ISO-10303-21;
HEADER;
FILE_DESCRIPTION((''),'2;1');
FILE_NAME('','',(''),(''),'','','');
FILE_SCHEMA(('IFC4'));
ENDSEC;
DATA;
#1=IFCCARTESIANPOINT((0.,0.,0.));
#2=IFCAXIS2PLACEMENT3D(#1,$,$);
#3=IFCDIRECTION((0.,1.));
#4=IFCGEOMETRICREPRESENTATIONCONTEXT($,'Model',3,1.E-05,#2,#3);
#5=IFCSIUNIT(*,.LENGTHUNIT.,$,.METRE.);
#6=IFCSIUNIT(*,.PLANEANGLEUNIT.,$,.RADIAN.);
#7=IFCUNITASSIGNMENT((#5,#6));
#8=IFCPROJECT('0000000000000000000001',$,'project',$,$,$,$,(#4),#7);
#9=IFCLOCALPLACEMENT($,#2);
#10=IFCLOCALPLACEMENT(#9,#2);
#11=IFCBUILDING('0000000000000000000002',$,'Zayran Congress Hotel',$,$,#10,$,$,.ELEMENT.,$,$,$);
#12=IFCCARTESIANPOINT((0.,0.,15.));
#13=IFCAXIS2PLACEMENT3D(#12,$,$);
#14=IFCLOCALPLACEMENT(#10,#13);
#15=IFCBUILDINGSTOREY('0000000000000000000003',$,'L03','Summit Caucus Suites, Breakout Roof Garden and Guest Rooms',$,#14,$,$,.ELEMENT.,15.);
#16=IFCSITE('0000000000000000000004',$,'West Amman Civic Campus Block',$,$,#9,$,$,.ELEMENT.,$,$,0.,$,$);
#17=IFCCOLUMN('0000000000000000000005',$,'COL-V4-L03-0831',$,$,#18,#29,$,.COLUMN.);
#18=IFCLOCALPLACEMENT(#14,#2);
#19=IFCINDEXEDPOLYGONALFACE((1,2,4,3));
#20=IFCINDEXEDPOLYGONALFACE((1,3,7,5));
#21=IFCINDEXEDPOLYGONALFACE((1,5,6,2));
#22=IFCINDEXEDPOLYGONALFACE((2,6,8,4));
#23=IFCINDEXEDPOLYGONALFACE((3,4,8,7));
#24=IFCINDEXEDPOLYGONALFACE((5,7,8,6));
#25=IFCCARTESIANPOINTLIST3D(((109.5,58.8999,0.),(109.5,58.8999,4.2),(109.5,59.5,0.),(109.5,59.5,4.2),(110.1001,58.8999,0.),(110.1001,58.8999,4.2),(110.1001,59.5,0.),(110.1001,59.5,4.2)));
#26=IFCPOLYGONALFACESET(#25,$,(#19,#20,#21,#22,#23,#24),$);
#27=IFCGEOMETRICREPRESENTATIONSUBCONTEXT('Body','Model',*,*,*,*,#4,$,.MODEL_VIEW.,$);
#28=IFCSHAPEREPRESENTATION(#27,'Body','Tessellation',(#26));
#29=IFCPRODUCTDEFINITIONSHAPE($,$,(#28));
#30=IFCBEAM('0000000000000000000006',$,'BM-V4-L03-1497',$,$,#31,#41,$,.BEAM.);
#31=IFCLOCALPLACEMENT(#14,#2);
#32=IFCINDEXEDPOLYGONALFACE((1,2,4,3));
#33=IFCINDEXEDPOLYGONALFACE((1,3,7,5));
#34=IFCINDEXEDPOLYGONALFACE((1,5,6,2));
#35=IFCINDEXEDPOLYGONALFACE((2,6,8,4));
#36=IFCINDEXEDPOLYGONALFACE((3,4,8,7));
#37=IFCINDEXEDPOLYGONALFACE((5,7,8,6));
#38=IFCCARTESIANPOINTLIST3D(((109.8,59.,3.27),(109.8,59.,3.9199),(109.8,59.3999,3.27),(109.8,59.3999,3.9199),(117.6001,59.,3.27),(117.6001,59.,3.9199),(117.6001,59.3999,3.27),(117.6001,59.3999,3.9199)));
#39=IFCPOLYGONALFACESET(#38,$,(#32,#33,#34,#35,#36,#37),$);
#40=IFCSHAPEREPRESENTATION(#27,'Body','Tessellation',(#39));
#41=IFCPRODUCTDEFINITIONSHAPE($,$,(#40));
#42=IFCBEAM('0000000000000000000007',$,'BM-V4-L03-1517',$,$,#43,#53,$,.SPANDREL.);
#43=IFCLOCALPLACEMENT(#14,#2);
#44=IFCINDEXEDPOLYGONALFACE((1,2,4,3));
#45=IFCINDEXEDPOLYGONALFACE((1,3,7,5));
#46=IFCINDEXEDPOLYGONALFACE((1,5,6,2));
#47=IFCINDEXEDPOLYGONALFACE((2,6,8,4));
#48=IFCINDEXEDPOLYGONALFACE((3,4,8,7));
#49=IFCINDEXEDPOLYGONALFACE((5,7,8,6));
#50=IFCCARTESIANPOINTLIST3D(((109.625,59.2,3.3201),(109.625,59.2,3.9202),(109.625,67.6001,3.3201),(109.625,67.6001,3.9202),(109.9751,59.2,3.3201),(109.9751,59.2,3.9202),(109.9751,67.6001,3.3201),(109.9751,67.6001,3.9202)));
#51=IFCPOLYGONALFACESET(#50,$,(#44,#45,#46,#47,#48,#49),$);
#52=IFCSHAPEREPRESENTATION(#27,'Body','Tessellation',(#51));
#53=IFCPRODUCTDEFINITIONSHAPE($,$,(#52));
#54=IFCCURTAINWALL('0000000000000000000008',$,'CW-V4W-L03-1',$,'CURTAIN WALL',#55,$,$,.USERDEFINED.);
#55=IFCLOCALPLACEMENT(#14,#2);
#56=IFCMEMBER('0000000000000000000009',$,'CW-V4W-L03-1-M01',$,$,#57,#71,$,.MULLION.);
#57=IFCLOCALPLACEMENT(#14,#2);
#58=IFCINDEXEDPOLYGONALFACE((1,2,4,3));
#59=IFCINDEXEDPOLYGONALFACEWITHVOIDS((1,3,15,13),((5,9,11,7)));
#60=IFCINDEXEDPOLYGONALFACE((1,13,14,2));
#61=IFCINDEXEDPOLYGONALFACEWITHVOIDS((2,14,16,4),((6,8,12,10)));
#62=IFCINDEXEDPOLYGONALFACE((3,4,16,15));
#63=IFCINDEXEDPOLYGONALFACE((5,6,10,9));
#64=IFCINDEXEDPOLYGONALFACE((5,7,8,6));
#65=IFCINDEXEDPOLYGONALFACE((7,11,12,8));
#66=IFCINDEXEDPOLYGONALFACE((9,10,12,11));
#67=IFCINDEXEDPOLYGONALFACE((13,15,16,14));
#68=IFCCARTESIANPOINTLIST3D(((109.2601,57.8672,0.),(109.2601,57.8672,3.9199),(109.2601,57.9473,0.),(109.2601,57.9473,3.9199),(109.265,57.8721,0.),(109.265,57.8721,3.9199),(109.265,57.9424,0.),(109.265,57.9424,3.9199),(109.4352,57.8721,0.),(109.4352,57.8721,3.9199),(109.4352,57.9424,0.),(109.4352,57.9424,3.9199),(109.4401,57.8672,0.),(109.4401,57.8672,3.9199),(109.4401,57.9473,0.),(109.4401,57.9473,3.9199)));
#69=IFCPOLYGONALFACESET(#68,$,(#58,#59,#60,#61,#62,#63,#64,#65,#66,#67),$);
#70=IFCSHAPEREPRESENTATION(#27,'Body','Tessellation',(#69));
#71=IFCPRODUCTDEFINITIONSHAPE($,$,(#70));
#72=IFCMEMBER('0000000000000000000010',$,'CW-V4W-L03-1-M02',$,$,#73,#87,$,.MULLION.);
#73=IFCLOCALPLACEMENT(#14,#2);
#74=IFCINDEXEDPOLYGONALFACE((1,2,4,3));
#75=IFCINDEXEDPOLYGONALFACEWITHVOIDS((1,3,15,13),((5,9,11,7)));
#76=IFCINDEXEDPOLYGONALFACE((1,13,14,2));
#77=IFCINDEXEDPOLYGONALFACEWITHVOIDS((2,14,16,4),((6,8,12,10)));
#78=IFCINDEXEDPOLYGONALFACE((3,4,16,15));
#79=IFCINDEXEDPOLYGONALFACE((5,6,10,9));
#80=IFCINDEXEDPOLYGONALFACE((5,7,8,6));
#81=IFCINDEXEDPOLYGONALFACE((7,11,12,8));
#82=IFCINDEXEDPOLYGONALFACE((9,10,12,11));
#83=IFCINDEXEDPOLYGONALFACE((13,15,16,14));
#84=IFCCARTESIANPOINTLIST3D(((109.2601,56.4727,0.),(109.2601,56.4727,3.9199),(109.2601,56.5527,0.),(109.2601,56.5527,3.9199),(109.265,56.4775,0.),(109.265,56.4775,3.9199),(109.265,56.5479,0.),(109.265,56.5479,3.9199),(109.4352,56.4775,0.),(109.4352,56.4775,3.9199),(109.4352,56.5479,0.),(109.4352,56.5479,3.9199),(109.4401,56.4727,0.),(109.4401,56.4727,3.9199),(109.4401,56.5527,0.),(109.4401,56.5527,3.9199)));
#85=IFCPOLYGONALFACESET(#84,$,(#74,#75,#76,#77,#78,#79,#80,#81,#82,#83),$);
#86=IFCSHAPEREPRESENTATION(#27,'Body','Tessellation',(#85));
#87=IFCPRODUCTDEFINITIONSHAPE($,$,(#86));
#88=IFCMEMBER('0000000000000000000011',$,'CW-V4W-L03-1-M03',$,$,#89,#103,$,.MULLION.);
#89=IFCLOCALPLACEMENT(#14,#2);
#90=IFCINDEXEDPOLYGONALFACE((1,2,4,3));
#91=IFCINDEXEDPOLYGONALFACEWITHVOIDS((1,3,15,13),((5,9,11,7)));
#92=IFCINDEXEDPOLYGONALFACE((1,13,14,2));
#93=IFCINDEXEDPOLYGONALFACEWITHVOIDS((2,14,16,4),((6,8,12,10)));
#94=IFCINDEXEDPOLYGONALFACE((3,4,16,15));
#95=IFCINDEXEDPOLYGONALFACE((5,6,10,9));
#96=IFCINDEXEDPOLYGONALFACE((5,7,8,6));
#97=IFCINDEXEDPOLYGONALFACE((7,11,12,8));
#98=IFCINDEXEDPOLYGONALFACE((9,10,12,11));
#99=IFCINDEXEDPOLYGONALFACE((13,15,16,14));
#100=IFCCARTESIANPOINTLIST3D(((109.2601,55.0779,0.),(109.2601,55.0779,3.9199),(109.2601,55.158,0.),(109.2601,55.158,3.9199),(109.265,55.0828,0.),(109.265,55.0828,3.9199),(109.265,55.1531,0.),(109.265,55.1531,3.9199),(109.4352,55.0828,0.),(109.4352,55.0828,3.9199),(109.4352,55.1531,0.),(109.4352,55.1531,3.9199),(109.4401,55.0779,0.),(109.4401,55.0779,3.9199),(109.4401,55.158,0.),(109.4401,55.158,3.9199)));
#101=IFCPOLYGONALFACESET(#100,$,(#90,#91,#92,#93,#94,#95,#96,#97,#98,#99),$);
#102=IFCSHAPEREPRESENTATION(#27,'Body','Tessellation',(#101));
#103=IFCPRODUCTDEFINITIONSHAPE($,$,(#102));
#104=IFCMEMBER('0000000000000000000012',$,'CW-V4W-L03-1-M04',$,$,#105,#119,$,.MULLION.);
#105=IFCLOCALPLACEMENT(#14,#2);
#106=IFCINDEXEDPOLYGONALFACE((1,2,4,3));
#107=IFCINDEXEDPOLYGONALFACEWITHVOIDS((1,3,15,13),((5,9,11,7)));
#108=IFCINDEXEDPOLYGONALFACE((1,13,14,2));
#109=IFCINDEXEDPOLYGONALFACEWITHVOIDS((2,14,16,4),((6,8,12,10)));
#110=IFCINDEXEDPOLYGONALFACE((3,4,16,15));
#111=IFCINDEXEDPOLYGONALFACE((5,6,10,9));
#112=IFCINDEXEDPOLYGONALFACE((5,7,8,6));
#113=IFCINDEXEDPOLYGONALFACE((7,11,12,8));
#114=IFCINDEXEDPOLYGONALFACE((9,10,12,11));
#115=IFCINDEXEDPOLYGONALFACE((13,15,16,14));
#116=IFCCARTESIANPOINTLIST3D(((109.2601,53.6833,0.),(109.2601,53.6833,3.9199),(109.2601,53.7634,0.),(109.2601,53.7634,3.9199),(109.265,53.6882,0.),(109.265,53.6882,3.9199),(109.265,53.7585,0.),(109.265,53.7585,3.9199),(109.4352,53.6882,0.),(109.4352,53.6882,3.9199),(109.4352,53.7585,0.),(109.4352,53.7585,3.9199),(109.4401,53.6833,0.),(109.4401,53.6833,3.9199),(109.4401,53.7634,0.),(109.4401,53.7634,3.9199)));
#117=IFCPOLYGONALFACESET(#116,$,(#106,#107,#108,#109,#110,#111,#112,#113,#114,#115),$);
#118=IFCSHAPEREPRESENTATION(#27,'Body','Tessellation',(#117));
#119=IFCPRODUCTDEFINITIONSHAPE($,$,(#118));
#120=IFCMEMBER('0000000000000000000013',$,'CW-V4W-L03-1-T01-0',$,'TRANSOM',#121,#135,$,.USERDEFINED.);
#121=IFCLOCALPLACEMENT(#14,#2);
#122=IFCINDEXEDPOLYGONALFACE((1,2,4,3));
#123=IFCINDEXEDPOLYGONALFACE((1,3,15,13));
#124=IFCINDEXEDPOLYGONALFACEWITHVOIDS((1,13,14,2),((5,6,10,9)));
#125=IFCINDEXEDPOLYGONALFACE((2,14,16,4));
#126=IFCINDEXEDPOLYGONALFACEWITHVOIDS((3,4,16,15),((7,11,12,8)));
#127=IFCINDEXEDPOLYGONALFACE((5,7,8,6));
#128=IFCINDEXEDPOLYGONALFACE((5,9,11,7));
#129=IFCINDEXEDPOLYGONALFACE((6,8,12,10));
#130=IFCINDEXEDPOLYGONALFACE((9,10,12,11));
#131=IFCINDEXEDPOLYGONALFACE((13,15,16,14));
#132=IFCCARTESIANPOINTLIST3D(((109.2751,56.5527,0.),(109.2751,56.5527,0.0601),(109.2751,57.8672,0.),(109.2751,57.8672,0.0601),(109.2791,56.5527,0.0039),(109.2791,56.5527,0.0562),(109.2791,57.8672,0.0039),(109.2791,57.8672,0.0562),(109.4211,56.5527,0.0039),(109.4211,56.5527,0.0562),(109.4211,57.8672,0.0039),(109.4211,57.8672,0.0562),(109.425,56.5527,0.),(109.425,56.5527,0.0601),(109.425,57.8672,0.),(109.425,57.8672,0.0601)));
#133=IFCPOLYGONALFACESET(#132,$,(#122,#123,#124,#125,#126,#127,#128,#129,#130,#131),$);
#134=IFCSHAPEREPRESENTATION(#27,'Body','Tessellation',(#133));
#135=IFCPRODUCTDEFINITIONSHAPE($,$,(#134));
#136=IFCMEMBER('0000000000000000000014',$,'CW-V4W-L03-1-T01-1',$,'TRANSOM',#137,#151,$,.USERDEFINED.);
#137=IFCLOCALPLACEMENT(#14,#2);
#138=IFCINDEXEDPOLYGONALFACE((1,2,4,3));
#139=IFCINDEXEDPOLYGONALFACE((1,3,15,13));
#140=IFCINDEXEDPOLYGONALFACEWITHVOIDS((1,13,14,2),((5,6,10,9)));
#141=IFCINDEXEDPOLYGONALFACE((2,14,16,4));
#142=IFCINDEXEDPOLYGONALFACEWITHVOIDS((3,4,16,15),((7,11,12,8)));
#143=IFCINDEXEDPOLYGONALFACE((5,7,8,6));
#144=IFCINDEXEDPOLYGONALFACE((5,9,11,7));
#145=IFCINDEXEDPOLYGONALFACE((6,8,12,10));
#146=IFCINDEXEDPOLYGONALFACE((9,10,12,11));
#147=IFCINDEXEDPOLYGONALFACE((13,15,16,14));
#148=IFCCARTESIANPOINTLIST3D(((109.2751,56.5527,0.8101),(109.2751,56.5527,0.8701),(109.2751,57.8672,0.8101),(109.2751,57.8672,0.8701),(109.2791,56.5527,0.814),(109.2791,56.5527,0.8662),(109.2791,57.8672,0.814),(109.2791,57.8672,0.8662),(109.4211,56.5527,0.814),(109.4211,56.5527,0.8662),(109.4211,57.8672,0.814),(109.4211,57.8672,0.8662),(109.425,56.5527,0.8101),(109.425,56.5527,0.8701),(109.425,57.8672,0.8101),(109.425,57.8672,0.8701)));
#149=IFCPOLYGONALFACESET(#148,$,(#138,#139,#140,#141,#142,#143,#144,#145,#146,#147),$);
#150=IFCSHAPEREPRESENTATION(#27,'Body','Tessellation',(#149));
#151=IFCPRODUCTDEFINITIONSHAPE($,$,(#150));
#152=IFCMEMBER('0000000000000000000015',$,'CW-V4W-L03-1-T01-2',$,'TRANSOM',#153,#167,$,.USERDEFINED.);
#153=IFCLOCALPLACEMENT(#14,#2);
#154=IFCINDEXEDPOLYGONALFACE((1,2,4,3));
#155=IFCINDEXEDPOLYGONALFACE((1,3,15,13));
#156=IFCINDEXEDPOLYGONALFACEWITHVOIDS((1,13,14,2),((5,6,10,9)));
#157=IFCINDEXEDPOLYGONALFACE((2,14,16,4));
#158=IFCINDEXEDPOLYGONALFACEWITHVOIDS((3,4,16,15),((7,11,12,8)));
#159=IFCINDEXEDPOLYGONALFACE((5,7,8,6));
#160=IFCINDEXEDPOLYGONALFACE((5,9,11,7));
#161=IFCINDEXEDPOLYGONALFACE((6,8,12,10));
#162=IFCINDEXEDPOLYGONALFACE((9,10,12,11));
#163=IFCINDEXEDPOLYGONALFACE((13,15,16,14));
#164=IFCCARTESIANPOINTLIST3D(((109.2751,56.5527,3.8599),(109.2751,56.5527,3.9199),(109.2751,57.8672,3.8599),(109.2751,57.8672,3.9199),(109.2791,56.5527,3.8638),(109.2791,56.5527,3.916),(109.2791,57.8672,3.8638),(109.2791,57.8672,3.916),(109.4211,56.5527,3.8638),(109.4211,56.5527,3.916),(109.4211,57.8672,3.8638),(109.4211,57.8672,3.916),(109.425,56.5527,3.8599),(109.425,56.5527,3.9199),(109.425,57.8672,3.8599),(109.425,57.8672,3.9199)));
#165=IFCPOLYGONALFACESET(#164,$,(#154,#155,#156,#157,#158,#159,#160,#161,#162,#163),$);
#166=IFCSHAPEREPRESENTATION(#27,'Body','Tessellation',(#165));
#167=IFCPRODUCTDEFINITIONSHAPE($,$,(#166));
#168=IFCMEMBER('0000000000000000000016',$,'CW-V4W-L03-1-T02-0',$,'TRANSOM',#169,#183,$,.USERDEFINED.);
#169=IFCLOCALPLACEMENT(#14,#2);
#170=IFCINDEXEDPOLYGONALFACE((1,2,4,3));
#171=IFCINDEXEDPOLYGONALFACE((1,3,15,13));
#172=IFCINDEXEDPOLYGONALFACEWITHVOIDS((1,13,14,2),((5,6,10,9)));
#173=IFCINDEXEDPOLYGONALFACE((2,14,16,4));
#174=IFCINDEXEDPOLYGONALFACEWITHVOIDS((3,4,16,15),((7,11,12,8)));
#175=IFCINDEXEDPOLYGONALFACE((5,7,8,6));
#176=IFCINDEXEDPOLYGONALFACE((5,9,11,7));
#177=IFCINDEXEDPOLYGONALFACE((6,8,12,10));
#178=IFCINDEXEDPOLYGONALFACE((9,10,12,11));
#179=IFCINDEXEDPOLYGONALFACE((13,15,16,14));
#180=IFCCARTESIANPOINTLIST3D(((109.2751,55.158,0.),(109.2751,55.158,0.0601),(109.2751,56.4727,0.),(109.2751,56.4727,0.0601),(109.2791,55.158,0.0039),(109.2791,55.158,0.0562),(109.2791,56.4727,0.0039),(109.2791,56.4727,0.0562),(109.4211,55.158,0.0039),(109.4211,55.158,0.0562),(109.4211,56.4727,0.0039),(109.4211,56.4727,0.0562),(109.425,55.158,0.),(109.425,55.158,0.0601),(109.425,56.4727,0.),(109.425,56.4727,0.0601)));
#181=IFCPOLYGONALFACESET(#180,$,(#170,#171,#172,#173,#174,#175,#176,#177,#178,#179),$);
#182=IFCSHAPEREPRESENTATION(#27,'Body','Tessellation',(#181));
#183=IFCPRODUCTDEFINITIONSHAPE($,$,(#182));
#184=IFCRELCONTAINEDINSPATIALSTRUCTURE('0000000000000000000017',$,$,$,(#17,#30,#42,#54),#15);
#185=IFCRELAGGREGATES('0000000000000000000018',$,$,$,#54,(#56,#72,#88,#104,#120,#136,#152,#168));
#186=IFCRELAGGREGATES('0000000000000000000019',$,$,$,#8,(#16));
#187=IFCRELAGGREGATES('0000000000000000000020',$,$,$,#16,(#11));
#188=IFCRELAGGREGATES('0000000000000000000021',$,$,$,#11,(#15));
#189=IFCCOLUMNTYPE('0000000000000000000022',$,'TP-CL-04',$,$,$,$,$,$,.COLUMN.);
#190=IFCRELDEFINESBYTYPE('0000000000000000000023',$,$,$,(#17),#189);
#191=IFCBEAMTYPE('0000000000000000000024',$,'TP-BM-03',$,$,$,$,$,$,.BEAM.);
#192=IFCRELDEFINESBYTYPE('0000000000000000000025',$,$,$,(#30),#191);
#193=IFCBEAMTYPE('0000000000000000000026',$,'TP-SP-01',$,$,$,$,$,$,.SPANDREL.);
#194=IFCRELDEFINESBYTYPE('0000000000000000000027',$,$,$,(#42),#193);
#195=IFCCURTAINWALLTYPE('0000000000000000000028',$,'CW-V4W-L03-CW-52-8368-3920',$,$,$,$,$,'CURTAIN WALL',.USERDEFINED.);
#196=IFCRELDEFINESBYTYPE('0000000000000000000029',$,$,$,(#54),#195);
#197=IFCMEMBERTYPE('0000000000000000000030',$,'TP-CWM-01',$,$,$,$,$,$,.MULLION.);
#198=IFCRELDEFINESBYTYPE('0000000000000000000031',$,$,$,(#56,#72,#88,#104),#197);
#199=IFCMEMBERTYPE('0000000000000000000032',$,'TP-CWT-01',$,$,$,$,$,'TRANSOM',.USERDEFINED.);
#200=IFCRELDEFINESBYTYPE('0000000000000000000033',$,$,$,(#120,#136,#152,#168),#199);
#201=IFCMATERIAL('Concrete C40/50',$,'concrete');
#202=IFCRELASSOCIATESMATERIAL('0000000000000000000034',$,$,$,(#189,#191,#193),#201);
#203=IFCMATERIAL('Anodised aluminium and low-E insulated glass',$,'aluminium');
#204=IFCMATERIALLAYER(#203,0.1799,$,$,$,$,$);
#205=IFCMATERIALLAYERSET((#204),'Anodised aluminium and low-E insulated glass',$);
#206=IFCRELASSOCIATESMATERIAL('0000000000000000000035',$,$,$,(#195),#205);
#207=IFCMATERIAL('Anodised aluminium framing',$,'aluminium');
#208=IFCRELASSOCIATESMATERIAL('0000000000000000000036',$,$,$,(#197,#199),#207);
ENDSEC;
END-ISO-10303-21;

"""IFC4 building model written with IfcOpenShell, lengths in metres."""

from ifc_helpers import new_model, si_unit, direction, frame, origin, origin_2d, place, context, subcontext, project, spatial, rectangle, hollow_rectangle, extrude, material, layer, layer_set, material_profile, profile_set, type_object, element, aggregate, save


model = new_model("IFC4")

# Units and contexts
model_context = context("Model", 3, precision=1e-05, world=origin(), true_north=direction((0.0, 1.0)))
body_context = subcontext(model_context, "Body", "Model", "MODEL_VIEW")
ifc_project = project(units=[si_unit("LENGTHUNIT", "METRE"), si_unit("PLANEANGLEUNIT", "RADIAN")], contexts=[model_context])

# Site, building, storey
site_placement = place(None, origin())
site = spatial("IfcSite", under=ifc_project, at=site_placement, Name="West Amman Civic Campus Block", CompositionType="ELEMENT", RefElevation=0.0)
building_placement = place(site_placement, origin())
building = spatial("IfcBuilding", under=site, at=building_placement, Name="Zayran Congress Hotel", CompositionType="ELEMENT")
storey_placement = place(building_placement, frame((0.0, 0.0, 15.0)))
storey = spatial("IfcBuildingStorey", under=building, at=storey_placement, Name="L03", Description="Summit Caucus Suites, Breakout Roof Garden and Guest Rooms", CompositionType="ELEMENT", Elevation=15.0)

# Column
ifc_material_1 = material(Name="Concrete C40/50", Category="concrete")
ifc_material_profile_1 = material_profile(ifc_material_1, rectangle(XDim=0.6001, YDim=0.6001, at=origin_2d()), Name="RC 600x600")
ifc_profile_set_1 = profile_set([ifc_material_profile_1], Name="Concrete C40/50")
column_type = type_object("IfcColumnType", Name="TP-CL-04", PredefinedType="COLUMN", material=ifc_profile_set_1)
column_placement = place(storey_placement, frame((109.8, 59.2, 0.0), z_axis=(0.0, 0.0, 1.0), x_axis=(1.0, 0.0, 0.0)))
element("IfcColumn", 1, at=column_placement, inside=storey, type_object=column_type, Name="COL-V4-L03-0831", PredefinedType="COLUMN", context=body_context, shape_type="SweptSolid", body=[
    extrude(rectangle(XDim=0.6001, YDim=0.6001, at=origin_2d()), origin(), (0.0, 0.0, 1.0), 4.2),
])

# Beams
ifc_material_profile_2 = material_profile(ifc_material_1, rectangle(XDim=0.3999, YDim=0.6499, at=origin_2d()), Name="RC 400x650")
ifc_profile_set_2 = profile_set([ifc_material_profile_2], Name="Concrete C40/50")
beam_type_1 = type_object("IfcBeamType", Name="TP-BM-03", PredefinedType="BEAM", material=ifc_profile_set_2)
beam_1_placement = place(storey_placement, frame((109.8, 59.2, 3.595), z_axis=(1.0, 0.0, 0.0), x_axis=(0.0, 1.0, 0.0)))
element("IfcBeam", 2, at=beam_1_placement, inside=storey, type_object=beam_type_1, Name="BM-V4-L03-1497", PredefinedType="BEAM", context=body_context, shape_type="SweptSolid", body=[
    extrude(rectangle(XDim=0.3999, YDim=0.6499, at=origin_2d()), origin(), (0.0, 0.0, 1.0), 7.8),
])
ifc_material_profile_3 = material_profile(ifc_material_1, rectangle(XDim=0.3501, YDim=0.6001, at=origin_2d()), Name="RC 350x600")
ifc_profile_set_3 = profile_set([ifc_material_profile_3], Name="Concrete C40/50")
beam_type_2 = type_object("IfcBeamType", Name="TP-SP-01", PredefinedType="SPANDREL", material=ifc_profile_set_3)
beam_2_placement = place(storey_placement, frame((109.8, 59.2, 3.6201), z_axis=(0.0, 1.0, 0.0), x_axis=(-1.0, 0.0, 0.0)))
element("IfcBeam", 3, at=beam_2_placement, inside=storey, type_object=beam_type_2, Name="BM-V4-L03-1517", PredefinedType="SPANDREL", context=body_context, shape_type="SweptSolid", body=[
    extrude(rectangle(XDim=0.3501, YDim=0.6001, at=origin_2d()), origin(), (0.0, 0.0, 1.0), 8.4001),
])

# Curtain wall, members
ifc_material_2 = material(Name="Anodised aluminium and low-E insulated glass", Category="aluminium")
ifc_layer_1 = layer(ifc_material_2, 0.1799)
ifc_layer_set_1 = layer_set([ifc_layer_1], Name="Anodised aluminium and low-E insulated glass")
curtain_wall_type = type_object("IfcCurtainWallType", Name="CW-V4W-L03-CW-52-8368-3920", ElementType="CURTAIN WALL", PredefinedType="USERDEFINED", material=ifc_layer_set_1)
curtain_wall_placement = place(storey_placement, origin())
curtain_wall = element("IfcCurtainWall", 4, at=curtain_wall_placement, inside=storey, type_object=curtain_wall_type, Name="CW-V4W-L03-1", ObjectType="CURTAIN WALL", PredefinedType="USERDEFINED")
ifc_material_3 = material(Name="Anodised aluminium framing", Category="aluminium")
ifc_material_profile_4 = material_profile(ifc_material_3, hollow_rectangle(XDim=0.0801, YDim=0.1799, WallThickness=0.0049, at=origin_2d()), Name="RHS 180x80x5")
ifc_profile_set_4 = profile_set([ifc_material_profile_4], Name="Anodised aluminium framing")
member_type_1 = type_object("IfcMemberType", Name="TP-CWM-01", PredefinedType="MULLION", material=ifc_profile_set_4)
member_1_placement = place(storey_placement, frame((109.3501, 57.9072, 0.0), z_axis=(0.0, 0.0, 1.0), x_axis=(0.0, 1.0, 0.0)))
member_1 = element("IfcMember", 5, at=member_1_placement, type_object=member_type_1, Name="CW-V4W-L03-1-M01", PredefinedType="MULLION", context=body_context, shape_type="SweptSolid", body=[
    extrude(hollow_rectangle(XDim=0.0801, YDim=0.1799, WallThickness=0.0049, at=origin_2d()), origin(), (0.0, 0.0, 1.0), 3.9199),
])
member_2_placement = place(storey_placement, frame((109.3501, 56.5127, 0.0), z_axis=(0.0, 0.0, 1.0), x_axis=(0.0, 1.0, 0.0)))
member_2 = element("IfcMember", 6, at=member_2_placement, type_object=member_type_1, Name="CW-V4W-L03-1-M02", PredefinedType="MULLION", context=body_context, shape_type="SweptSolid", body=[
    extrude(hollow_rectangle(XDim=0.0801, YDim=0.1799, WallThickness=0.0049, at=origin_2d()), origin(), (0.0, 0.0, 1.0), 3.9199),
])
member_3_placement = place(storey_placement, frame((109.3501, 55.1179, 0.0), z_axis=(0.0, 0.0, 1.0), x_axis=(0.0, 1.0, 0.0)))
member_3 = element("IfcMember", 7, at=member_3_placement, type_object=member_type_1, Name="CW-V4W-L03-1-M03", PredefinedType="MULLION", context=body_context, shape_type="SweptSolid", body=[
    extrude(hollow_rectangle(XDim=0.0801, YDim=0.1799, WallThickness=0.0049, at=origin_2d()), origin(), (0.0, 0.0, 1.0), 3.9199),
])
member_4_placement = place(storey_placement, frame((109.3501, 53.7234, 0.0), z_axis=(0.0, 0.0, 1.0), x_axis=(0.0, 1.0, 0.0)))
member_4 = element("IfcMember", 8, at=member_4_placement, type_object=member_type_1, Name="CW-V4W-L03-1-M04", PredefinedType="MULLION", context=body_context, shape_type="SweptSolid", body=[
    extrude(hollow_rectangle(XDim=0.0801, YDim=0.1799, WallThickness=0.0049, at=origin_2d()), origin(), (0.0, 0.0, 1.0), 3.9199),
])
ifc_material_profile_5 = material_profile(ifc_material_3, hollow_rectangle(XDim=0.0601, YDim=0.1499, WallThickness=0.0039, at=origin_2d()), Name="RHS 150x60x4")
ifc_profile_set_5 = profile_set([ifc_material_profile_5], Name="Anodised aluminium framing")
member_type_2 = type_object("IfcMemberType", Name="TP-CWT-01", ElementType="TRANSOM", PredefinedType="USERDEFINED", material=ifc_profile_set_5)
member_5_placement = place(storey_placement, frame((109.3501, 57.8672, 0.03), z_axis=(0.0, -1.0, 0.0), x_axis=(0.0, 0.0, 1.0)))
member_5 = element("IfcMember", 9, at=member_5_placement, type_object=member_type_2, Name="CW-V4W-L03-1-T01-0", ObjectType="TRANSOM", PredefinedType="USERDEFINED", context=body_context, shape_type="SweptSolid", body=[
    extrude(hollow_rectangle(XDim=0.0601, YDim=0.1499, WallThickness=0.0039, at=origin_2d()), origin(), (0.0, 0.0, 1.0), 1.3145),
])
member_6_placement = place(storey_placement, frame((109.3501, 57.8672, 0.8401), z_axis=(0.0, -1.0, 0.0), x_axis=(0.0, 0.0, 1.0)))
member_6 = element("IfcMember", 10, at=member_6_placement, type_object=member_type_2, Name="CW-V4W-L03-1-T01-1", ObjectType="TRANSOM", PredefinedType="USERDEFINED", context=body_context, shape_type="SweptSolid", body=[
    extrude(hollow_rectangle(XDim=0.0601, YDim=0.1499, WallThickness=0.0039, at=origin_2d()), origin(), (0.0, 0.0, 1.0), 1.3145),
])
member_7_placement = place(storey_placement, frame((109.3501, 57.8672, 3.8899), z_axis=(0.0, -1.0, 0.0), x_axis=(0.0, 0.0, 1.0)))
member_7 = element("IfcMember", 11, at=member_7_placement, type_object=member_type_2, Name="CW-V4W-L03-1-T01-2", ObjectType="TRANSOM", PredefinedType="USERDEFINED", context=body_context, shape_type="SweptSolid", body=[
    extrude(hollow_rectangle(XDim=0.0601, YDim=0.1499, WallThickness=0.0039, at=origin_2d()), origin(), (0.0, 0.0, 1.0), 1.3145),
])
member_8_placement = place(storey_placement, frame((109.3501, 56.4727, 0.03), z_axis=(0.0, -1.0, 0.0), x_axis=(0.0, 0.0, 1.0)))
member_8 = element("IfcMember", 12, at=member_8_placement, type_object=member_type_2, Name="CW-V4W-L03-1-T02-0", ObjectType="TRANSOM", PredefinedType="USERDEFINED", context=body_context, shape_type="SweptSolid", body=[
    extrude(hollow_rectangle(XDim=0.0601, YDim=0.1499, WallThickness=0.0039, at=origin_2d()), origin(), (0.0, 0.0, 1.0), 1.3147),
])
aggregate(curtain_wall, [member_1, member_2, member_3, member_4, member_5, member_6, member_7, member_8])

save(model, "model.ifc")
